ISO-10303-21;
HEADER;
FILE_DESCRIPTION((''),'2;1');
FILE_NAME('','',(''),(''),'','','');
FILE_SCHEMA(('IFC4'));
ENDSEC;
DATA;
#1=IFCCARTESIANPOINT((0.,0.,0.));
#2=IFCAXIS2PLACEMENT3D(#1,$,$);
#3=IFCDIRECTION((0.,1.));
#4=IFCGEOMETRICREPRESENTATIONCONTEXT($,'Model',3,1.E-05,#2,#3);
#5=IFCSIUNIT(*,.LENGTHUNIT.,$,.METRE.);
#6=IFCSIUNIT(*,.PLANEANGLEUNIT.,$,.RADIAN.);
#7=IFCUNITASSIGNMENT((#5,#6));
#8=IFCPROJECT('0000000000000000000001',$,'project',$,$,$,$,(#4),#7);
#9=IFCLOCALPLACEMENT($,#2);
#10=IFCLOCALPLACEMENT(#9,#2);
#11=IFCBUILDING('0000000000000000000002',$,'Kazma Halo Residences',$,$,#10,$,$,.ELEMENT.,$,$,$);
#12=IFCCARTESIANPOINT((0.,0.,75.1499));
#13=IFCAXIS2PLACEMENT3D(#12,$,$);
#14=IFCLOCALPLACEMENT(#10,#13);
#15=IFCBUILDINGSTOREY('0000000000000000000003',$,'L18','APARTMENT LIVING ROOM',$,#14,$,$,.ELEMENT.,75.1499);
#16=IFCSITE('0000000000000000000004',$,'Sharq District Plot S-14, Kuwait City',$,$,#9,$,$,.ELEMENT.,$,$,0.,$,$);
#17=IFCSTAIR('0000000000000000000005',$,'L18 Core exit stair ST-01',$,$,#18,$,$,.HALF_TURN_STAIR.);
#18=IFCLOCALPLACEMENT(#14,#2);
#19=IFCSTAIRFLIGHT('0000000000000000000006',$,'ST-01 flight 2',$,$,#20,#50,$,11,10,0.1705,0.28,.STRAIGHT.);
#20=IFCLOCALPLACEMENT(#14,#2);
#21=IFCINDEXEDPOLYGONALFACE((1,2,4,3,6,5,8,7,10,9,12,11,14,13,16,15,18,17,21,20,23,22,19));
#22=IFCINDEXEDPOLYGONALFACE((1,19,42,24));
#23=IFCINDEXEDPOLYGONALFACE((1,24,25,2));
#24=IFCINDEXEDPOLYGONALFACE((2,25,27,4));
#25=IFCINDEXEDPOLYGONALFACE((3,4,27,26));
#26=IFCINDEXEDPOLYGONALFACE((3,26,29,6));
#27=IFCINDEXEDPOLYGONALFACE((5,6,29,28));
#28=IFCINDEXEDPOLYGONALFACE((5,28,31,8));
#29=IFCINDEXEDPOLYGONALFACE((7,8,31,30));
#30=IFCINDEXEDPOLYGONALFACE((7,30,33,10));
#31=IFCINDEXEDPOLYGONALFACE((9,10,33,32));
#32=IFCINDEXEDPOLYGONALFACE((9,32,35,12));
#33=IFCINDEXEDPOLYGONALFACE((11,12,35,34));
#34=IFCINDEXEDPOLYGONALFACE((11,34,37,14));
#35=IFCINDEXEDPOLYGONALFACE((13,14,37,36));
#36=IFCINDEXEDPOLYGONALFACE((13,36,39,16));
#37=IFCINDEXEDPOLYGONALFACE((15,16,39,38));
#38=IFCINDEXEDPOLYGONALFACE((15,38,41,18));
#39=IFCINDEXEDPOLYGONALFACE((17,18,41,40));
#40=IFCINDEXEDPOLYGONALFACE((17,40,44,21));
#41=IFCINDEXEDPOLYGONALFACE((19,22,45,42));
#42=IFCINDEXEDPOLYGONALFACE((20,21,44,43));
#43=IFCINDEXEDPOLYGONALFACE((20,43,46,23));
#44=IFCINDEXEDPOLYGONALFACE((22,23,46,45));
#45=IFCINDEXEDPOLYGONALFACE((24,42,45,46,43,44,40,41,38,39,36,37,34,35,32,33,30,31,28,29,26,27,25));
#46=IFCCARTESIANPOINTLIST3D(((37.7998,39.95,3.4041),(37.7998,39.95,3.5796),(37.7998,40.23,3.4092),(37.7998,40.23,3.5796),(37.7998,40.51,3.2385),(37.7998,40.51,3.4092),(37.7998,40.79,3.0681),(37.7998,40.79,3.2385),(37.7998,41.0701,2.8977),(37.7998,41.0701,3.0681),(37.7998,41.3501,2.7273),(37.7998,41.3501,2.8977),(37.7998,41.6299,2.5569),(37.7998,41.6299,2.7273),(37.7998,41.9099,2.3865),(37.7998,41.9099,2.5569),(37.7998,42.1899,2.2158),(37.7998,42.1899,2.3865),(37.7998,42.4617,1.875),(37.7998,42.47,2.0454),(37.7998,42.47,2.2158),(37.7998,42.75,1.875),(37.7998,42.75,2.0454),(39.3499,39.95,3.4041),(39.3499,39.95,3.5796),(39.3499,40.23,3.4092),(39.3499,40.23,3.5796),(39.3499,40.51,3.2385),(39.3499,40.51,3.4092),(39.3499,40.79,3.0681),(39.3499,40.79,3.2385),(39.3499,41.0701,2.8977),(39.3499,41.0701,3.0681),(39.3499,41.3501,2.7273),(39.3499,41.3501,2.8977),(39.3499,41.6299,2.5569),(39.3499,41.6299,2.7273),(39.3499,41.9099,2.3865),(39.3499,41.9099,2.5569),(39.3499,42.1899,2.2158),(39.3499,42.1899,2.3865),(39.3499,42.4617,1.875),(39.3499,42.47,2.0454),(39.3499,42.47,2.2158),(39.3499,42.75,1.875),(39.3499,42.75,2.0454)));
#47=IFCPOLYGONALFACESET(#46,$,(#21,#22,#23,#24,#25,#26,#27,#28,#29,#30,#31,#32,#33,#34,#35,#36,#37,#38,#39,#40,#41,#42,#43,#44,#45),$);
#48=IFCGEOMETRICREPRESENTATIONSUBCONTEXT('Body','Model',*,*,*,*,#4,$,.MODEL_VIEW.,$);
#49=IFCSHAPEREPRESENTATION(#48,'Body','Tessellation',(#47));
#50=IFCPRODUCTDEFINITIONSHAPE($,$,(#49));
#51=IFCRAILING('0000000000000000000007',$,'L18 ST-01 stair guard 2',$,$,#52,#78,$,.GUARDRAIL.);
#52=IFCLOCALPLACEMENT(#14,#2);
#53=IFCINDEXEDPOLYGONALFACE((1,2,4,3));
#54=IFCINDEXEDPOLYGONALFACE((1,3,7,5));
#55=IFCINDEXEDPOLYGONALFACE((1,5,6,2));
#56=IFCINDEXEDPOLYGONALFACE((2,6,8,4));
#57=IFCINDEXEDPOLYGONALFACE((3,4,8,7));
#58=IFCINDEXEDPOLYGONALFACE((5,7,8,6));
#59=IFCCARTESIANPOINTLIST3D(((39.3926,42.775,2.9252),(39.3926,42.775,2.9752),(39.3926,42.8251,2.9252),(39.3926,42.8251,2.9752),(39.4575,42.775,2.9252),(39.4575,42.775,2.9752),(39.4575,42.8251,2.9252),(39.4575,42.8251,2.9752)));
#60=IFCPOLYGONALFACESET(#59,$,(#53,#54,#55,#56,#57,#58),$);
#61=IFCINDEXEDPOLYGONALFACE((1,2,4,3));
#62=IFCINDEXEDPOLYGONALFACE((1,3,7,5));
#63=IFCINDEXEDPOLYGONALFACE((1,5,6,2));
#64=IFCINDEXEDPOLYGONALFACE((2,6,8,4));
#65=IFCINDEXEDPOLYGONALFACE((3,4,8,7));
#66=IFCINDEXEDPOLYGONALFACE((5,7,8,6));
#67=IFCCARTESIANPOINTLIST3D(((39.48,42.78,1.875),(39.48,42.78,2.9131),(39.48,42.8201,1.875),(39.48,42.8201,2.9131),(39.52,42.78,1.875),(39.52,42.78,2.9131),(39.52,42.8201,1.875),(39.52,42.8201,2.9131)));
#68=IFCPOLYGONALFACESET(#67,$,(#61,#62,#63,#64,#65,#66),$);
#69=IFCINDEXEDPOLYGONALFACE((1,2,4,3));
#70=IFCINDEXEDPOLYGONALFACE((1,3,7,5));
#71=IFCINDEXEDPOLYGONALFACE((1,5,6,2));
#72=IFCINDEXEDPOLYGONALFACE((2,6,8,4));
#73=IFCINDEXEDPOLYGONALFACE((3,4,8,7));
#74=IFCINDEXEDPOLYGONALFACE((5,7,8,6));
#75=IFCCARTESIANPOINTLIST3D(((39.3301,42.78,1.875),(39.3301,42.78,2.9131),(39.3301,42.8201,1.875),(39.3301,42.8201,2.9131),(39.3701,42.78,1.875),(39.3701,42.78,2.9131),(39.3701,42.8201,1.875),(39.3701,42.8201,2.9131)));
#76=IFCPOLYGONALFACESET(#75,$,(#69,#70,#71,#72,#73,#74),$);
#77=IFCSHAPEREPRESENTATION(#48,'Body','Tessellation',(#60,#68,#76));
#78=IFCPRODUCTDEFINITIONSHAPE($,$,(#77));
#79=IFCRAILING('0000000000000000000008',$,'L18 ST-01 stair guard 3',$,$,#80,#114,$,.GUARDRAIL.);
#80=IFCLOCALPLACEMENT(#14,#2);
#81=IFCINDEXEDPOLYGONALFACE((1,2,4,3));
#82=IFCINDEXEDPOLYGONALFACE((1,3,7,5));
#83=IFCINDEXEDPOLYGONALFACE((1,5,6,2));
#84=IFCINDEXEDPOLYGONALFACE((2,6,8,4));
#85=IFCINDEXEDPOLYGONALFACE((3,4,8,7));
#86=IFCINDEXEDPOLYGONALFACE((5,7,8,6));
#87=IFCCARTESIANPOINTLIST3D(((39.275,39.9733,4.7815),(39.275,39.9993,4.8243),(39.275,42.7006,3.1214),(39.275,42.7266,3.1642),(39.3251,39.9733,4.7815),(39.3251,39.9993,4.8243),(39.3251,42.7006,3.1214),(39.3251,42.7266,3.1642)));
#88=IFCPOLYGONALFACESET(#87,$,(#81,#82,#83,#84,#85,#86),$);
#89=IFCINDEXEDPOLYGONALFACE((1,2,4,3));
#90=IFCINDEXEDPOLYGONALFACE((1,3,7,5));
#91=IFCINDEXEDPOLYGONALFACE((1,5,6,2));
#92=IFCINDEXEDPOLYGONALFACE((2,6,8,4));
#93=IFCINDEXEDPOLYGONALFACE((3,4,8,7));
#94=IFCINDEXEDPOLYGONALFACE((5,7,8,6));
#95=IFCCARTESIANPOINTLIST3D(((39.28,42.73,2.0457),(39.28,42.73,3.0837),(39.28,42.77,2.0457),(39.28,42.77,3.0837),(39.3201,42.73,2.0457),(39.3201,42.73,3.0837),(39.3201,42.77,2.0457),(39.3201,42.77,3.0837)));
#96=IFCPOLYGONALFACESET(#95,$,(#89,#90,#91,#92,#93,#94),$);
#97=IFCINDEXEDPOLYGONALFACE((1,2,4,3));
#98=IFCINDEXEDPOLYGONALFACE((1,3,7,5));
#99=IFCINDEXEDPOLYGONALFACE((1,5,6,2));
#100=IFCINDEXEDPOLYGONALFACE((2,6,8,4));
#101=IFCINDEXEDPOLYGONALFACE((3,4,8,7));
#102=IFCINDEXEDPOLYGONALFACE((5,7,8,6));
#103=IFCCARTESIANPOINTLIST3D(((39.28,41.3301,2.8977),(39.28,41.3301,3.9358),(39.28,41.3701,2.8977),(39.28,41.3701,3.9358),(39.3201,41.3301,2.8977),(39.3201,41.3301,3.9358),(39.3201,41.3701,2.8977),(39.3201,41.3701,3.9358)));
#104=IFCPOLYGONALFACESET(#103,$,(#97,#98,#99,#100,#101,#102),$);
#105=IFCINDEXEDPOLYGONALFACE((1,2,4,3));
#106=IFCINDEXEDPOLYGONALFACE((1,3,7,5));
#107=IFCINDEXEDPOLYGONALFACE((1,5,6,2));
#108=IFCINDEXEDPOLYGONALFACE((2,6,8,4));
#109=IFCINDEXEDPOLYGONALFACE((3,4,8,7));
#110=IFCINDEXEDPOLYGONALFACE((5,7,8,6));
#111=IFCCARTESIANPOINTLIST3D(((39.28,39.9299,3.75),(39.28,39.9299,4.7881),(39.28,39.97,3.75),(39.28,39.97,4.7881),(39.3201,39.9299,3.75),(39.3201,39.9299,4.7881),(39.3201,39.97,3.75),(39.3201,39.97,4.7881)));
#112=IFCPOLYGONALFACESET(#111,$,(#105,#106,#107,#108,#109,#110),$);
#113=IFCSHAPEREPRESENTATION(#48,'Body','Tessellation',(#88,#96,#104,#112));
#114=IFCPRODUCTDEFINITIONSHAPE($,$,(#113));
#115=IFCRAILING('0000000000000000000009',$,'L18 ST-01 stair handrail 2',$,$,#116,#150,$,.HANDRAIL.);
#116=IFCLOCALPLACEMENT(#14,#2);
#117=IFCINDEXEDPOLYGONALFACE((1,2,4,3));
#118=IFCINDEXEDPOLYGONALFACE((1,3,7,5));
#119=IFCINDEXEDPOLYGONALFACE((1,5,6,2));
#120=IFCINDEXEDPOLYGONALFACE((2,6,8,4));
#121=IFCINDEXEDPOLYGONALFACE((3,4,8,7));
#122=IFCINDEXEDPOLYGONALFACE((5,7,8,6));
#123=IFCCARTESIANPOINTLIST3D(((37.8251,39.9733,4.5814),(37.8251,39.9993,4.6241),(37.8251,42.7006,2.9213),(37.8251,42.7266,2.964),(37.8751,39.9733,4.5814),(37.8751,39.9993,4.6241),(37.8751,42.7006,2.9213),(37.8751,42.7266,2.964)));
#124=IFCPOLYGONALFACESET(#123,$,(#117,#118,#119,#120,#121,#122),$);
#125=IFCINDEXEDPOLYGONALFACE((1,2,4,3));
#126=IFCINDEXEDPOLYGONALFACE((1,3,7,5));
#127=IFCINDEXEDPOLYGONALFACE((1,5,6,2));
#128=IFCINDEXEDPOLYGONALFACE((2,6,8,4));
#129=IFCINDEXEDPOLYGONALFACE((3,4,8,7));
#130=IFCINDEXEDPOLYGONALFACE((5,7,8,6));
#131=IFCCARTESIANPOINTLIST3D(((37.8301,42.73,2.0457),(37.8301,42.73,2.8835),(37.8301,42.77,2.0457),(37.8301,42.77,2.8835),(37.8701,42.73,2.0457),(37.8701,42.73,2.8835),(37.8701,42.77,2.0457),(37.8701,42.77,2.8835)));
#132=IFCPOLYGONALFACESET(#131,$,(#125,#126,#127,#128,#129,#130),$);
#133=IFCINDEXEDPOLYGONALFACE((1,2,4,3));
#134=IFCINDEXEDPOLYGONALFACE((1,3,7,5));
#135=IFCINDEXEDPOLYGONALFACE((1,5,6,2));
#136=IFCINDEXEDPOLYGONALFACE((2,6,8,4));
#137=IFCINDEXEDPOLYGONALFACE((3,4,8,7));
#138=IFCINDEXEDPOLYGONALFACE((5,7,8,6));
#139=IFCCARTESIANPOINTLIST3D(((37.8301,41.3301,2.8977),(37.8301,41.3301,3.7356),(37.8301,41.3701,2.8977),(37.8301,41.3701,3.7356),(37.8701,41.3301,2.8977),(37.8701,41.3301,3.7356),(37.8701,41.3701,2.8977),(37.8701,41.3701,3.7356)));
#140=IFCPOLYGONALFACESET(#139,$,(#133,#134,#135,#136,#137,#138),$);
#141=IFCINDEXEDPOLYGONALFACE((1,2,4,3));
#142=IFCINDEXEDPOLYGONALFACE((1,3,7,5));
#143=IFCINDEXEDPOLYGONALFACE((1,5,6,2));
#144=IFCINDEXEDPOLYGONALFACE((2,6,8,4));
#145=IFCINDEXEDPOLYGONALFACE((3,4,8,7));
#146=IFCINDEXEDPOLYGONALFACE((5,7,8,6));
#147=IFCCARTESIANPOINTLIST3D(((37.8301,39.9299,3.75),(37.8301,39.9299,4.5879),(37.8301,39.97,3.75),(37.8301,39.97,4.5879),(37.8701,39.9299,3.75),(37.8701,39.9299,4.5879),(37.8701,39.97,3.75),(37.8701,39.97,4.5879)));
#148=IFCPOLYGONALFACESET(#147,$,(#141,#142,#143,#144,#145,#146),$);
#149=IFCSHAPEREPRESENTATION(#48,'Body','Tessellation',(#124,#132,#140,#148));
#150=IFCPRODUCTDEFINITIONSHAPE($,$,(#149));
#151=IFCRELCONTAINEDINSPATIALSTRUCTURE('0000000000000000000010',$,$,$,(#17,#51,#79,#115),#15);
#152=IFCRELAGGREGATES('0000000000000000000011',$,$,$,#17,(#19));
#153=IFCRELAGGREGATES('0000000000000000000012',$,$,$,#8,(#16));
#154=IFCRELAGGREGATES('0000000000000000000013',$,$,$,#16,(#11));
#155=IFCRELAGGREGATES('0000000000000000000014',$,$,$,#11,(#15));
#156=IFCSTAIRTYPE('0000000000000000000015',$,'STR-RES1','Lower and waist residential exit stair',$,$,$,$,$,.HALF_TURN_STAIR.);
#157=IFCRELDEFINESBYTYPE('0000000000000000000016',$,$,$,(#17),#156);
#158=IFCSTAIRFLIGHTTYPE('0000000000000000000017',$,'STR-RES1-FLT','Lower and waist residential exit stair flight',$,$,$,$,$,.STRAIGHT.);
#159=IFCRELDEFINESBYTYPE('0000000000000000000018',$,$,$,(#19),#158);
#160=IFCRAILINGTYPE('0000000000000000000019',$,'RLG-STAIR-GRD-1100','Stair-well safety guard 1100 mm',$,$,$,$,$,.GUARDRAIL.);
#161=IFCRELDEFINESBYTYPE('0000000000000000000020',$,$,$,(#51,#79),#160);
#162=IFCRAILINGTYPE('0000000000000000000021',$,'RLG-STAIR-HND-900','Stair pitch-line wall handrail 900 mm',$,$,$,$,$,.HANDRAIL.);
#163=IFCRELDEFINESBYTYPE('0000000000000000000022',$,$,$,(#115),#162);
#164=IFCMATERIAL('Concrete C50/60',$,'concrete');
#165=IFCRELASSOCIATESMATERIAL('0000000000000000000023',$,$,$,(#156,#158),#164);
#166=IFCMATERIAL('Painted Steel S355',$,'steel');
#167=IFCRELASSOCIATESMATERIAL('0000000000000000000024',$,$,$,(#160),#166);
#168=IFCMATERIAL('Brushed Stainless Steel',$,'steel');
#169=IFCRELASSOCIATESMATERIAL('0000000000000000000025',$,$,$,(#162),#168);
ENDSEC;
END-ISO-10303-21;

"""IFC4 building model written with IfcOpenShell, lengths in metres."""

from ifc_helpers import new_model, si_unit, direction, frame, origin, origin_2d, place, context, subcontext, project, spatial, polyline, rectangle, outline, extrude, material, type_object, element, aggregate, save


model = new_model("IFC4")

# Units and contexts
model_context = context("Model", 3, precision=1e-05, world=origin(), true_north=direction((0.0, 1.0)))
body_context = subcontext(model_context, "Body", "Model", "MODEL_VIEW")
ifc_project = project(units=[si_unit("LENGTHUNIT", "METRE"), si_unit("PLANEANGLEUNIT", "RADIAN")], contexts=[model_context])

# Site, building, storey
site_placement = place(None, origin())
site = spatial("IfcSite", under=ifc_project, at=site_placement, Name="Sharq District Plot S-14, Kuwait City", CompositionType="ELEMENT", RefElevation=0.0)
building_placement = place(site_placement, origin())
building = spatial("IfcBuilding", under=site, at=building_placement, Name="Kazma Halo Residences", CompositionType="ELEMENT")
storey_placement = place(building_placement, frame((0.0, 0.0, 75.1499)))
storey = spatial("IfcBuildingStorey", under=building, at=storey_placement, Name="L18", Description="APARTMENT LIVING ROOM", CompositionType="ELEMENT", Elevation=75.1499)

# Stair, stair flight
ifc_material_1 = material(Name="Concrete C50/60", Category="concrete")
stair_type = type_object("IfcStairType", Name="STR-RES1", Description="Lower and waist residential exit stair", PredefinedType="HALF_TURN_STAIR", material=ifc_material_1)
stair_placement = place(storey_placement, origin())
stair = element("IfcStair", 1, at=stair_placement, inside=storey, type_object=stair_type, Name="L18 Core exit stair ST-01", PredefinedType="HALF_TURN_STAIR")
stair_flight_type = type_object("IfcStairFlightType", Name="STR-RES1-FLT", Description="Lower and waist residential exit stair flight", PredefinedType="STRAIGHT", material=ifc_material_1)
stair_flight_placement = place(storey_placement, frame((38.575, 42.75, 1.875), z_axis=(0.0, 0.0, 1.0), x_axis=(0.0, -1.0, 0.0)))
stair_flight = element("IfcStairFlight", 2, at=stair_flight_placement, type_object=stair_flight_type, Name="ST-01 flight 2", NumberOfRisers=11, NumberOfTreads=10, PredefinedType="STRAIGHT", RiserHeight=0.1705, TreadLength=0.28, context=body_context, shape_type="SweptSolid", body=[
    extrude(outline(polyline([(0.0, 0.0), (0.0, 0.1704), (0.28, 0.1704), (0.28, 0.3408), (0.5601, 0.3408), (0.5601, 0.5115), (0.8401, 0.5115), (0.8401, 0.6819), (1.1201, 0.6819), (1.1201, 0.8523), (1.3999, 0.8523), (1.3999, 1.0227), (1.6799, 1.0227), (1.6799, 1.1931), (1.96, 1.1931), (1.96, 1.3635), (2.24, 1.3635), (2.24, 1.5342), (2.52, 1.5342), (2.52, 1.7046), (2.8, 1.7046), (2.8, 1.875), (2.8, 1.5291), (0.2883, 0.0), (0.0, 0.0)])), frame((0.0, 0.7749, 0.0), z_axis=(0.0, -1.0, 0.0), x_axis=(1.0, 0.0, 0.0)), (0.0, 0.0, 1.0), 1.55),
])
aggregate(stair, [stair_flight])

# Railings
ifc_material_2 = material(Name="Painted Steel S355", Category="steel")
railing_type_1 = type_object("IfcRailingType", Name="RLG-STAIR-GRD-1100", Description="Stair-well safety guard 1100 mm", PredefinedType="GUARDRAIL", material=ifc_material_2)
railing_1_placement = place(storey_placement, frame((39.5, 42.8, 1.875)))
element("IfcRailing", 3, at=railing_1_placement, inside=storey, type_object=railing_type_1, Name="L18 ST-01 stair guard 2", PredefinedType="GUARDRAIL", context=body_context, shape_type="SweptSolid", body=[
    extrude(rectangle(XDim=0.05, YDim=0.05, at=origin_2d()), frame((-0.0425, 0.0, 1.0752), z_axis=(-1.0, 0.0, 0.0), x_axis=(0.0, -1.0, 0.0)), (0.0, 0.0, 1.0), 0.0649),
    extrude(rectangle(XDim=0.04, YDim=0.04, at=origin_2d()), origin(), (0.0, 0.0, 1.0), 1.0381),
    extrude(rectangle(XDim=0.04, YDim=0.04, at=origin_2d()), frame((-0.1499, 0.0, 0.0)), (0.0, 0.0, 1.0), 1.0381),
])
railing_2_placement = place(storey_placement, frame((39.3, 42.75, 2.0457)))
element("IfcRailing", 4, at=railing_2_placement, inside=storey, type_object=railing_type_1, Name="L18 ST-01 stair guard 3", PredefinedType="GUARDRAIL", context=body_context, shape_type="SweptSolid", body=[
    extrude(rectangle(XDim=0.05, YDim=0.05, at=origin_2d()), frame((0.0, -0.0364, 1.0972), z_axis=(0.0, -0.854203, 0.51994), x_axis=(1.0, 0.0, 0.0)), (0.0, 0.0, 1.0), 3.1929),
    extrude(rectangle(XDim=0.04, YDim=0.04, at=origin_2d()), origin(), (0.0, 0.0, 1.0), 1.0381),
    extrude(rectangle(XDim=0.04, YDim=0.04, at=origin_2d()), frame((0.0, -1.3999, 0.8521)), (0.0, 0.0, 1.0), 1.0381),
    extrude(rectangle(XDim=0.04, YDim=0.04, at=origin_2d()), frame((0.0, -2.8, 1.7043)), (0.0, 0.0, 1.0), 1.0381),
])
ifc_material_3 = material(Name="Brushed Stainless Steel", Category="steel")
railing_type_2 = type_object("IfcRailingType", Name="RLG-STAIR-HND-900", Description="Stair pitch-line wall handrail 900 mm", PredefinedType="HANDRAIL", material=ifc_material_3)
railing_3_placement = place(storey_placement, frame((37.8501, 42.75, 2.0457)))
element("IfcRailing", 5, at=railing_3_placement, inside=storey, type_object=railing_type_2, Name="L18 ST-01 stair handrail 2", PredefinedType="HANDRAIL", context=body_context, shape_type="SweptSolid", body=[
    extrude(rectangle(XDim=0.05, YDim=0.05, at=origin_2d()), frame((0.0, -0.0364, 0.897), z_axis=(0.0, -0.854203, 0.51994), x_axis=(1.0, 0.0, 0.0)), (0.0, 0.0, 1.0), 3.1929),
    extrude(rectangle(XDim=0.04, YDim=0.04, at=origin_2d()), origin(), (0.0, 0.0, 1.0), 0.8379),
    extrude(rectangle(XDim=0.04, YDim=0.04, at=origin_2d()), frame((0.0, -1.3999, 0.8521)), (0.0, 0.0, 1.0), 0.8379),
    extrude(rectangle(XDim=0.04, YDim=0.04, at=origin_2d()), frame((0.0, -2.8, 1.7043)), (0.0, 0.0, 1.0), 0.8379),
])

save(model, "model.ifc")
